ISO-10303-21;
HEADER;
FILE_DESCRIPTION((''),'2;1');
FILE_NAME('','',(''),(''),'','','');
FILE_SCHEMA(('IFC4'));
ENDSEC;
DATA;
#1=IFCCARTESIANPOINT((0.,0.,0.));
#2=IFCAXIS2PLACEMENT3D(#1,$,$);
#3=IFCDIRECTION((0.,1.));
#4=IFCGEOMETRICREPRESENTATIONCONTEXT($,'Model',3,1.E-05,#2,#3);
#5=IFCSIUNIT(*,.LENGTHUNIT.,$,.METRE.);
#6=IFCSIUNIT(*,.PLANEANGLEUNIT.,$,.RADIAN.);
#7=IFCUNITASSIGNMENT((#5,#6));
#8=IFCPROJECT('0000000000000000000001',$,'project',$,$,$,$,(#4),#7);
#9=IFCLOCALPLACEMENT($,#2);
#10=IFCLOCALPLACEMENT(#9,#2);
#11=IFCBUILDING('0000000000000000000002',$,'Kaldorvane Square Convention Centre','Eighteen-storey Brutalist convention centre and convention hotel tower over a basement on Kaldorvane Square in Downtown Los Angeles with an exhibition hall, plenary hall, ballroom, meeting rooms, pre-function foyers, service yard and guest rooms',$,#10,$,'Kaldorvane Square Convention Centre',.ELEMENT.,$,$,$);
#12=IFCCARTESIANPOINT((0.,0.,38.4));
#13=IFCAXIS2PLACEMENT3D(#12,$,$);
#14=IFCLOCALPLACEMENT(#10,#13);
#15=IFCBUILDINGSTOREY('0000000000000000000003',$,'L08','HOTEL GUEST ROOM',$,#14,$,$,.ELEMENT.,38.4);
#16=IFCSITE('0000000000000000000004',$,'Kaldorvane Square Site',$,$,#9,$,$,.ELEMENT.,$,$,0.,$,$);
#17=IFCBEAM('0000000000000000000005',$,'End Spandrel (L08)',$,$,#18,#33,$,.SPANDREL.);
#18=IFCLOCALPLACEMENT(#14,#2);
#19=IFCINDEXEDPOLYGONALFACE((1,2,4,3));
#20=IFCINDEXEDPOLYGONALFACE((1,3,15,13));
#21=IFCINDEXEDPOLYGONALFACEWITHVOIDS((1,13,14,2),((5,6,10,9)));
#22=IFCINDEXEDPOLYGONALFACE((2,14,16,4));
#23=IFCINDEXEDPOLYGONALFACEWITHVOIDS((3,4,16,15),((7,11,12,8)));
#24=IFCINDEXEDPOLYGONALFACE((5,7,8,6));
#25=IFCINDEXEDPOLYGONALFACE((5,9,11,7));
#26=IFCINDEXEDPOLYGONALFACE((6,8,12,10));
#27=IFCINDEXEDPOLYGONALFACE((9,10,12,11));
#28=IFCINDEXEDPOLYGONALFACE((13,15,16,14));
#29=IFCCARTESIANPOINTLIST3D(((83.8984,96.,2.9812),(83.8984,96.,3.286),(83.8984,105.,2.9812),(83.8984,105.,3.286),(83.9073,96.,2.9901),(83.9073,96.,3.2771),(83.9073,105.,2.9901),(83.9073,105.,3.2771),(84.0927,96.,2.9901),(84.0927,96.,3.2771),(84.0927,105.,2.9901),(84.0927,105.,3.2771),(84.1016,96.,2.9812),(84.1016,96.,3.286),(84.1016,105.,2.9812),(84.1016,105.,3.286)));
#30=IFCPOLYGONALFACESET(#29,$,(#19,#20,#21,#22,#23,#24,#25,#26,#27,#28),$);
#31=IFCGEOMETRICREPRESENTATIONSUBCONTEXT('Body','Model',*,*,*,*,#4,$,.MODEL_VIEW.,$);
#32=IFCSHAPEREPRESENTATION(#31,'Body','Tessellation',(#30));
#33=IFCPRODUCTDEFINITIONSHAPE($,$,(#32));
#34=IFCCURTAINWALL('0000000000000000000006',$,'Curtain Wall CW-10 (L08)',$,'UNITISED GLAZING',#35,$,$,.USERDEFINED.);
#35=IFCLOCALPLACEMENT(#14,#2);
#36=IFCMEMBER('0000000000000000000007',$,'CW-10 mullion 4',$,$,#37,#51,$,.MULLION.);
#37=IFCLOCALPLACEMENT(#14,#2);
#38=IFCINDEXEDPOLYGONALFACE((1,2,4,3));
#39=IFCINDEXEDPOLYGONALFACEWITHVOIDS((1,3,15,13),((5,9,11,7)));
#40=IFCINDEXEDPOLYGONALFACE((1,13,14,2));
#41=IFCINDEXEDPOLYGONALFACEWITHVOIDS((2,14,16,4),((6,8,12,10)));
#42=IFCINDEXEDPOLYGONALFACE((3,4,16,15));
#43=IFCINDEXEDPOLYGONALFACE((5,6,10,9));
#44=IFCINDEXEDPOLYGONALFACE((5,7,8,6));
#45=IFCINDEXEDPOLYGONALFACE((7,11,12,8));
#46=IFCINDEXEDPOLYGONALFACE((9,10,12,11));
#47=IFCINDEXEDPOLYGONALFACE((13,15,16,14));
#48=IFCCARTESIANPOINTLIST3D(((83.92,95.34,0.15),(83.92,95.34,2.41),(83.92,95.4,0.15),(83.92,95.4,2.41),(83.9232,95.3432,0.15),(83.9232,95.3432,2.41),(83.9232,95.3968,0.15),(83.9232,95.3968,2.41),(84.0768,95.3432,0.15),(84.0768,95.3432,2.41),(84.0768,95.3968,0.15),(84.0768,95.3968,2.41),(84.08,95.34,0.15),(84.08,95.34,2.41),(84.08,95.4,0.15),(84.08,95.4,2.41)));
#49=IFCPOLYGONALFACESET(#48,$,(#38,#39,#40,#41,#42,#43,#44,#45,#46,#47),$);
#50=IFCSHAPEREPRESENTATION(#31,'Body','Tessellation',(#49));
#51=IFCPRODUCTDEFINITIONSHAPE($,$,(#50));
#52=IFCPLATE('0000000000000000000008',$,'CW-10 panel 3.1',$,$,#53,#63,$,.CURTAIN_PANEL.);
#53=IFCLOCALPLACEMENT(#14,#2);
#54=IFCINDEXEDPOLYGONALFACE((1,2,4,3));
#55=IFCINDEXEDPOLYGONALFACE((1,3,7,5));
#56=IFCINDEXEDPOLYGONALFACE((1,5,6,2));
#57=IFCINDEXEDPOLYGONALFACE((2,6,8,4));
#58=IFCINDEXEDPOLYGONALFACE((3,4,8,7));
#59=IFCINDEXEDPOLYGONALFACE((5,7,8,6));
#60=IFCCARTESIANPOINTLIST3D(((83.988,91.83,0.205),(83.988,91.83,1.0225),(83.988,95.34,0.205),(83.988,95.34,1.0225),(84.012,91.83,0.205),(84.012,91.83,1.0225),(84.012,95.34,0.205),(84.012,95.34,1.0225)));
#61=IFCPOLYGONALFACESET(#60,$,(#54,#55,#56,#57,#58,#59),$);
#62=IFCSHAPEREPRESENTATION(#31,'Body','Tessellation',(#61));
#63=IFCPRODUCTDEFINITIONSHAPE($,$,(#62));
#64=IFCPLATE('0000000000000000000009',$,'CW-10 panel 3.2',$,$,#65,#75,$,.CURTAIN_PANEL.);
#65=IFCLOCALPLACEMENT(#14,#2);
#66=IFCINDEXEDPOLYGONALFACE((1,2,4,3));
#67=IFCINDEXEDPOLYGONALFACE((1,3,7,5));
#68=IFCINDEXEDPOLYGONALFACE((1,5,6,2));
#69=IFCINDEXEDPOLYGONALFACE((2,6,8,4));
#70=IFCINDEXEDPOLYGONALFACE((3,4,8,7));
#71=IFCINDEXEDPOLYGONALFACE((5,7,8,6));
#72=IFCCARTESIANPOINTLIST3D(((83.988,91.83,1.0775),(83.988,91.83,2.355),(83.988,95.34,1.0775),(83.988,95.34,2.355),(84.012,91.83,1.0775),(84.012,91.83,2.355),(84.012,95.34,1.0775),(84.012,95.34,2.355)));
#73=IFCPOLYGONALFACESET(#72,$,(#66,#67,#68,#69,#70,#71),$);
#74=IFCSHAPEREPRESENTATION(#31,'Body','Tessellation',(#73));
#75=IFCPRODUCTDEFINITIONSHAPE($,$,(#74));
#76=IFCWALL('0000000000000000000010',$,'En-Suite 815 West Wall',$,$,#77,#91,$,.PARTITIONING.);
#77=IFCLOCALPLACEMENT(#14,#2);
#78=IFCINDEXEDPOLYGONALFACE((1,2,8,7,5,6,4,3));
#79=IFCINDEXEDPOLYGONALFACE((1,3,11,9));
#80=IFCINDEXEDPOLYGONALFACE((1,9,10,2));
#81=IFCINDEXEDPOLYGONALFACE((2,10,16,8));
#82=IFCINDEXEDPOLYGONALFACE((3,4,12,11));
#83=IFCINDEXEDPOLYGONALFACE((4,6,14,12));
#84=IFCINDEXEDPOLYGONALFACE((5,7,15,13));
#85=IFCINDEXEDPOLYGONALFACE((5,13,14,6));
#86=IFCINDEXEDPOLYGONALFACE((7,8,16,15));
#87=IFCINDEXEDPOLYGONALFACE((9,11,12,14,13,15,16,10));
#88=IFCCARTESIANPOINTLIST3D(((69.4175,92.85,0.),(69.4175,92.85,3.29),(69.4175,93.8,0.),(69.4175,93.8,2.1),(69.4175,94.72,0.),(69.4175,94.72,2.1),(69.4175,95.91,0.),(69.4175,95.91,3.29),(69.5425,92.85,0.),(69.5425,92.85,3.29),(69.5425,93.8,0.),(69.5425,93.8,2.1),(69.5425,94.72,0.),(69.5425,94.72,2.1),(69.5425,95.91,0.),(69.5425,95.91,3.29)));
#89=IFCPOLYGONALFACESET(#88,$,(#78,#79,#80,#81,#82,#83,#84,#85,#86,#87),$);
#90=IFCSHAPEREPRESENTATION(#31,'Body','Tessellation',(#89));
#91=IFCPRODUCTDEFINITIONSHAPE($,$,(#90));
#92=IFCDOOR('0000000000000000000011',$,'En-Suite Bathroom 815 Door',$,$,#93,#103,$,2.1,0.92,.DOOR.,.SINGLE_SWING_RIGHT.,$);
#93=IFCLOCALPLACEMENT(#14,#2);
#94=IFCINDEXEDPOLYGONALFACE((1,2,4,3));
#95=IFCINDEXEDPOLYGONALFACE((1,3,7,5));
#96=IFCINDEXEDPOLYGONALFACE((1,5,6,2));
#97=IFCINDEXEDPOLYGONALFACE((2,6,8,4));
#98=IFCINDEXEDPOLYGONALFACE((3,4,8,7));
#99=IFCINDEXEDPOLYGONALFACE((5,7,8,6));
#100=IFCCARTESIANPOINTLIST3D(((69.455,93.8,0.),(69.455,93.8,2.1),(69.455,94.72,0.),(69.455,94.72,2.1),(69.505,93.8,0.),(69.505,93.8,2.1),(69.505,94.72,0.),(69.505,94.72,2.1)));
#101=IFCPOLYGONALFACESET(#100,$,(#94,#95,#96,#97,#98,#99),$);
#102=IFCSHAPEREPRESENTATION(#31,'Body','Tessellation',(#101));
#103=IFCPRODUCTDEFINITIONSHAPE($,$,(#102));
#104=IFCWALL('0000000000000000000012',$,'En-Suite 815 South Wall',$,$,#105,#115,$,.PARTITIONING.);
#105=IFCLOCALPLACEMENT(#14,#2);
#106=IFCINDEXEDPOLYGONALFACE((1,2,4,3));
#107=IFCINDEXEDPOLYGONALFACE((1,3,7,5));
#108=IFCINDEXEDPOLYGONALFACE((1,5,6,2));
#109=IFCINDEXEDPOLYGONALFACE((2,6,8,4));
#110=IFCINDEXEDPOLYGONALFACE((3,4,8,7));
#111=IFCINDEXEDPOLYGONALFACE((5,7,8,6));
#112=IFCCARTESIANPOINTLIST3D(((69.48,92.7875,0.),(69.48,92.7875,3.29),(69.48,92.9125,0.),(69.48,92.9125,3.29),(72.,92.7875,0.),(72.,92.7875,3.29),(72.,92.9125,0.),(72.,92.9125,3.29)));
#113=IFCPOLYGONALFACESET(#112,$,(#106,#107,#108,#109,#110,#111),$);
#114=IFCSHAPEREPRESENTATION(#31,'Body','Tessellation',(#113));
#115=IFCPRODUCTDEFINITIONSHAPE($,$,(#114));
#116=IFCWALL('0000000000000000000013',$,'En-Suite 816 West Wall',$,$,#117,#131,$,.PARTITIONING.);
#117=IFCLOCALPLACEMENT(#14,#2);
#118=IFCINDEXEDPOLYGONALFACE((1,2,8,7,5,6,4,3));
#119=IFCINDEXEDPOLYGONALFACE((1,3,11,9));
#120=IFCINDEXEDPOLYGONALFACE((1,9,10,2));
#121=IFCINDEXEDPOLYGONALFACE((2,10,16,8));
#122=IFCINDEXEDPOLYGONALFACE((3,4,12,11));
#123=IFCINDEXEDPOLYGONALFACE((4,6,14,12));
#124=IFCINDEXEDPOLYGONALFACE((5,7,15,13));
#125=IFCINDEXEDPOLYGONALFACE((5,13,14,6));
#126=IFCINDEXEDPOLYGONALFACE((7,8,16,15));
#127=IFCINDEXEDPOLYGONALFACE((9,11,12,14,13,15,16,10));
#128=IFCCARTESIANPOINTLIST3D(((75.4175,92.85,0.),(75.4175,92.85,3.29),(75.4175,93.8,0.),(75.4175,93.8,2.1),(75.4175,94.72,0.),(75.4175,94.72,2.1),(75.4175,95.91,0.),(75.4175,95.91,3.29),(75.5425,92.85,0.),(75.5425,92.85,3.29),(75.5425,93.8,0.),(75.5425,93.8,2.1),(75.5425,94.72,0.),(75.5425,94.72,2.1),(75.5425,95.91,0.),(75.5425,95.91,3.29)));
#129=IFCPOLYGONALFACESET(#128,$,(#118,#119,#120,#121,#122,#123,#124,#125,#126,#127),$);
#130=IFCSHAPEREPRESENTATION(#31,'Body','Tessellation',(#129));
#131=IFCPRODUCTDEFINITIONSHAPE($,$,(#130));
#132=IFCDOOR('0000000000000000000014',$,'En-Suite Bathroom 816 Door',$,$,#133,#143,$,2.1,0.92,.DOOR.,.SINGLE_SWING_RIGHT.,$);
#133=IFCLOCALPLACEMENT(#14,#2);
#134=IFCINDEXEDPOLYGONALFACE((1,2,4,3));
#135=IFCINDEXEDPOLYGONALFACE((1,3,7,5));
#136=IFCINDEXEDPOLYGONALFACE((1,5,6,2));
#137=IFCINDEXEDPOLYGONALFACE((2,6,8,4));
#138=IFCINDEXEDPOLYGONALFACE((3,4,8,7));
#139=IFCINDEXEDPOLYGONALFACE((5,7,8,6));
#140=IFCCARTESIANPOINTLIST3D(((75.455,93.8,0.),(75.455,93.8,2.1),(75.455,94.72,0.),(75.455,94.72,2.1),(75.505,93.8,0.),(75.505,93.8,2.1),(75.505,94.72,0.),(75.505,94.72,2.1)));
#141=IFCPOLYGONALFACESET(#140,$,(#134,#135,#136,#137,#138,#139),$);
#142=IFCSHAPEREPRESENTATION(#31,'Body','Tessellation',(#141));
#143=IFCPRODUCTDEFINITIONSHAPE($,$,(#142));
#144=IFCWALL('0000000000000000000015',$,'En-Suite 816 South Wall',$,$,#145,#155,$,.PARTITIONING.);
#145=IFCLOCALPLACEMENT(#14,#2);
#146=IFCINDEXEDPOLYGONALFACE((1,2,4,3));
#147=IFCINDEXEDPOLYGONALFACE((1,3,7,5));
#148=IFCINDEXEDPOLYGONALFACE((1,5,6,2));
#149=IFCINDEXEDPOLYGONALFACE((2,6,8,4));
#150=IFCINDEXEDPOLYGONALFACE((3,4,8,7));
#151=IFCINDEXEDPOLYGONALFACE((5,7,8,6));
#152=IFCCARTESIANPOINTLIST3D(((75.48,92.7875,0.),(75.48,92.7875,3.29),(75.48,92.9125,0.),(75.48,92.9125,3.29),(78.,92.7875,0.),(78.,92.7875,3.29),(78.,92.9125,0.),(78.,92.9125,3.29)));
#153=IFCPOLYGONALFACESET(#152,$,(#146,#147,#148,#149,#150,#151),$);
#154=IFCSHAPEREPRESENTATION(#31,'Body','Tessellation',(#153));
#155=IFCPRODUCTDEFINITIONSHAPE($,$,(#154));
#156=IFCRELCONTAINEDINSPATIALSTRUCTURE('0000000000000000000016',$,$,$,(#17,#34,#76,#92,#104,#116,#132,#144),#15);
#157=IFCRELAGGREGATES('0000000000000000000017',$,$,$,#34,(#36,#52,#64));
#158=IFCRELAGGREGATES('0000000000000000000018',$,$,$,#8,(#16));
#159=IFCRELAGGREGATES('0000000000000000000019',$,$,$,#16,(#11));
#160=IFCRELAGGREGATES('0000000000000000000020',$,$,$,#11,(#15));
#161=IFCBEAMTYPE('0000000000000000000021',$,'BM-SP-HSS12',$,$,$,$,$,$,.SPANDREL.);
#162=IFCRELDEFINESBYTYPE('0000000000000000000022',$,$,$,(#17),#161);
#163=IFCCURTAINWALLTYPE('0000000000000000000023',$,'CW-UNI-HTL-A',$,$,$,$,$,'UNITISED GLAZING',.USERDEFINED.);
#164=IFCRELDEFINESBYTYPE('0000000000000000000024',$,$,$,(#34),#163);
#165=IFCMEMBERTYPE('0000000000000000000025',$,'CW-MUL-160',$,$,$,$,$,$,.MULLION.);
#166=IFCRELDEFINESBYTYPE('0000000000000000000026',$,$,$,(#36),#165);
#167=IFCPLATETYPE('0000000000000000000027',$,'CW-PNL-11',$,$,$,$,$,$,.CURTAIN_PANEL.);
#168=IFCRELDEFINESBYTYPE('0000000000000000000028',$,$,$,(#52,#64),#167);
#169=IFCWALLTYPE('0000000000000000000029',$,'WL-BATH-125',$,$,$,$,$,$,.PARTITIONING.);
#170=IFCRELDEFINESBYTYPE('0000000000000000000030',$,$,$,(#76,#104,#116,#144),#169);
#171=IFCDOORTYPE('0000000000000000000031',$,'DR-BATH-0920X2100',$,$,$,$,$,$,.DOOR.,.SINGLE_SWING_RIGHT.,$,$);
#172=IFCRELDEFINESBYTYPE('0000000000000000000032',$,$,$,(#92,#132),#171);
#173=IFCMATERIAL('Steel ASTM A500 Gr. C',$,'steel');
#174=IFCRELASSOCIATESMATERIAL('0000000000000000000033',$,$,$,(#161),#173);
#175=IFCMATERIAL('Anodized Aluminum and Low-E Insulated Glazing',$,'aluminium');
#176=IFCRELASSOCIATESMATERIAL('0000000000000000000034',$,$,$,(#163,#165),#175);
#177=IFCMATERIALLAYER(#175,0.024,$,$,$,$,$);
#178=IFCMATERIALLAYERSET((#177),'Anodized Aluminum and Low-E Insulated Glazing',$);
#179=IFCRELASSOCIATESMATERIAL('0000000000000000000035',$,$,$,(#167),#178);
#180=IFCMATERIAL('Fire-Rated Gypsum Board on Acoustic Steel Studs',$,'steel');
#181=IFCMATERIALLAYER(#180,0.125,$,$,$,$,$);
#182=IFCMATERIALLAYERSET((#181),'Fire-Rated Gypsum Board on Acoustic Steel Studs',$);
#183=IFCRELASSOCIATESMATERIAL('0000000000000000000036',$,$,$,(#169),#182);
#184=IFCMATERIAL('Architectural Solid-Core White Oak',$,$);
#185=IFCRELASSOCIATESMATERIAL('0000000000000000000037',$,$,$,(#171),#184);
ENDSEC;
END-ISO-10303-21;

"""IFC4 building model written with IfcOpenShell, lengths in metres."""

from ifc_helpers import new_model, si_unit, direction, frame, frame_2d, origin, origin_2d, place, context, subcontext, project, spatial, rectangle, hollow_rectangle, extrude, material, layer, layer_set, material_profile, profile_set, type_object, element, fill, aggregate, save


model = new_model("IFC4")

# Units and contexts
model_context = context("Model", 3, precision=1e-05, world=origin(), true_north=direction((0.0, 1.0)))
body_context = subcontext(model_context, "Body", "Model", "MODEL_VIEW")
ifc_project = project(units=[si_unit("LENGTHUNIT", "METRE"), si_unit("PLANEANGLEUNIT", "RADIAN")], contexts=[model_context])

# Site, building, storey
site_placement = place(None, origin())
site = spatial("IfcSite", under=ifc_project, at=site_placement, Name="Kaldorvane Square Site", CompositionType="ELEMENT", RefElevation=0.0)
building_placement = place(site_placement, origin())
building = spatial("IfcBuilding", under=site, at=building_placement, Name="Kaldorvane Square Convention Centre", Description="Eighteen-storey Brutalist convention centre and convention hotel tower over a basement on Kaldorvane Square in Downtown Los Angeles with an exhibition hall, plenary hall, ballroom, meeting rooms, pre-function foyers, service yard and guest rooms", LongName="Kaldorvane Square Convention Centre", CompositionType="ELEMENT")
storey_placement = place(building_placement, frame((0.0, 0.0, 38.4)))
storey = spatial("IfcBuildingStorey", under=building, at=storey_placement, Name="L08", Description="HOTEL GUEST ROOM", CompositionType="ELEMENT", Elevation=38.4)

# Beam
ifc_material_1 = material(Name="Steel ASTM A500 Gr. C", Category="steel")
ifc_material_profile_1 = material_profile(ifc_material_1, hollow_rectangle(XDim=0.2032, YDim=0.3048, WallThickness=0.0089, at=origin_2d()), Name="HSS12X8X3/8")
ifc_profile_set_1 = profile_set([ifc_material_profile_1], Name="Steel ASTM A500 Gr. C")
beam_type_1 = type_object("IfcBeamType", Name="BM-SP-HSS12", PredefinedType="SPANDREL", material=ifc_profile_set_1)
beam_1_placement = place(storey_placement, frame((84.0, 96.0, 3.1336), z_axis=(0.0, 1.0, 0.0), x_axis=(-1.0, 0.0, 0.0)))
element("IfcBeam", 1, at=beam_1_placement, inside=storey, type_object=beam_type_1, Name="End Spandrel (L08)", PredefinedType="SPANDREL", context=body_context, shape_type="SweptSolid", body=[
    extrude(hollow_rectangle(XDim=0.2032, YDim=0.3048, WallThickness=0.0089, at=origin_2d()), origin(), (0.0, 0.0, 1.0), 9.0),
])

# Curtain wall, member, plates
ifc_material_2 = material(Name="Anodized Aluminum and Low-E Insulated Glazing", Category="aluminium")
curtain_wall_type = type_object("IfcCurtainWallType", Name="CW-UNI-HTL-A", ElementType="UNITISED GLAZING", PredefinedType="USERDEFINED", material=ifc_material_2)
curtain_wall_placement = place(storey_placement, origin())
curtain_wall = element("IfcCurtainWall", 2, at=curtain_wall_placement, inside=storey, type_object=curtain_wall_type, Name="Curtain Wall CW-10 (L08)", ObjectType="UNITISED GLAZING", PredefinedType="USERDEFINED")
ifc_material_profile_2 = material_profile(ifc_material_2, hollow_rectangle(XDim=0.06, YDim=0.16, WallThickness=0.0032, at=origin_2d()), Name="CWM-160X60")
ifc_profile_set_2 = profile_set([ifc_material_profile_2], Name="Anodized Aluminum and Low-E Insulated Glazing")
member_type = type_object("IfcMemberType", Name="CW-MUL-160", PredefinedType="MULLION", material=ifc_profile_set_2)
member_placement = place(storey_placement, frame((84.0, 95.37, 0.15), z_axis=(0.0, 0.0, 1.0), x_axis=(0.0, 1.0, 0.0)))
member = element("IfcMember", 3, at=member_placement, type_object=member_type, Name="CW-10 mullion 4", PredefinedType="MULLION", context=body_context, shape_type="SweptSolid", body=[
    extrude(hollow_rectangle(XDim=0.06, YDim=0.16, WallThickness=0.0032, at=origin_2d()), origin(), (0.0, 0.0, 1.0), 2.26),
])
ifc_layer_1 = layer(ifc_material_2, 0.024)
ifc_layer_set_1 = layer_set([ifc_layer_1], Name="Anodized Aluminum and Low-E Insulated Glazing")
plate_type = type_object("IfcPlateType", Name="CW-PNL-11", PredefinedType="CURTAIN_PANEL", material=ifc_layer_set_1)
plate_1_placement = place(storey_placement, frame((84.0, 93.585, 0.205), z_axis=(0.0, 0.0, 1.0), x_axis=(0.0, 1.0, 0.0)))
plate_1 = element("IfcPlate", 4, at=plate_1_placement, type_object=plate_type, Name="CW-10 panel 3.1", PredefinedType="CURTAIN_PANEL", context=body_context, shape_type="SweptSolid", body=[
    extrude(rectangle(XDim=3.51, YDim=0.024, at=origin_2d()), origin(), (0.0, 0.0, 1.0), 0.8175),
])
plate_2_placement = place(storey_placement, frame((84.0, 93.585, 1.0775), z_axis=(0.0, 0.0, 1.0), x_axis=(0.0, 1.0, 0.0)))
plate_2 = element("IfcPlate", 5, at=plate_2_placement, type_object=plate_type, Name="CW-10 panel 3.2", PredefinedType="CURTAIN_PANEL", context=body_context, shape_type="SweptSolid", body=[
    extrude(rectangle(XDim=3.51, YDim=0.024, at=origin_2d()), origin(), (0.0, 0.0, 1.0), 1.2775),
])
aggregate(curtain_wall, [member, plate_1, plate_2])

# Wall, opening, door
ifc_material_3 = material(Name="Fire-Rated Gypsum Board on Acoustic Steel Studs", Category="steel")
ifc_layer_2 = layer(ifc_material_3, 0.125)
ifc_layer_set_2 = layer_set([ifc_layer_2], Name="Fire-Rated Gypsum Board on Acoustic Steel Studs")
wall_type_1 = type_object("IfcWallType", Name="WL-BATH-125", PredefinedType="PARTITIONING", material=ifc_layer_set_2)
wall_1_placement = place(storey_placement, frame((69.48, 92.85, 0.0), z_axis=(0.0, 0.0, 1.0), x_axis=(0.0, 1.0, 0.0)))
wall_1 = element("IfcWall", 6, at=wall_1_placement, inside=storey, type_object=wall_type_1, Name="En-Suite 815 West Wall", PredefinedType="PARTITIONING", context=body_context, shape_type="SweptSolid", body=[
    extrude(rectangle(XDim=3.06, YDim=0.125, at=frame_2d((1.53, 0.0))), origin(), (0.0, 0.0, 1.0), 3.29),
])
opening_1_placement = place(wall_1_placement, frame((0.95, 0.0, 0.0)))
opening_1 = element("IfcOpeningElement", 7, at=opening_1_placement, cuts=wall_1, PredefinedType="OPENING", context=body_context, shape_type="SweptSolid", body=[
    extrude(rectangle(XDim=0.92, YDim=2.1, at=frame_2d((0.46, 1.05))), frame((0.0, 0.0775, 0.0), z_axis=(0.0, -1.0, 0.0), x_axis=(1.0, 0.0, 0.0)), (0.0, 0.0, 1.0), 0.155),
])
ifc_material_4 = material(Name="Architectural Solid-Core White Oak")
door_type_1 = type_object("IfcDoorType", Name="DR-BATH-0920X2100", OperationType="SINGLE_SWING_RIGHT", PredefinedType="DOOR", material=ifc_material_4)
door_1_placement = place(opening_1_placement, origin())
door_1 = element("IfcDoor", 8, at=door_1_placement, inside=storey, type_object=door_type_1, Name="En-Suite Bathroom 815 Door", OperationType="SINGLE_SWING_RIGHT", OverallHeight=2.1, OverallWidth=0.92, PredefinedType="DOOR", context=body_context, shape_type="SweptSolid", body=[
    extrude(rectangle(XDim=0.92, YDim=2.1, at=frame_2d((0.46, 1.05))), frame((0.0, 0.025, 0.0), z_axis=(0.0, -1.0, 0.0), x_axis=(1.0, 0.0, 0.0)), (0.0, 0.0, 1.0), 0.05),
])
fill(opening_1, door_1)

# Wall
wall_2_placement = place(storey_placement, frame((69.48, 92.85, 0.0), z_axis=(0.0, 0.0, 1.0), x_axis=(1.0, 0.0, 0.0)))
element("IfcWall", 9, at=wall_2_placement, inside=storey, type_object=wall_type_1, Name="En-Suite 815 South Wall", PredefinedType="PARTITIONING", context=body_context, shape_type="SweptSolid", body=[
    extrude(rectangle(XDim=2.52, YDim=0.125, at=frame_2d((1.26, 0.0))), origin(), (0.0, 0.0, 1.0), 3.29),
])

# Wall, opening, door
wall_3_placement = place(storey_placement, frame((75.48, 92.85, 0.0), z_axis=(0.0, 0.0, 1.0), x_axis=(0.0, 1.0, 0.0)))
wall_3 = element("IfcWall", 10, at=wall_3_placement, inside=storey, type_object=wall_type_1, Name="En-Suite 816 West Wall", PredefinedType="PARTITIONING", context=body_context, shape_type="SweptSolid", body=[
    extrude(rectangle(XDim=3.06, YDim=0.125, at=frame_2d((1.53, 0.0))), origin(), (0.0, 0.0, 1.0), 3.29),
])
opening_2_placement = place(wall_3_placement, frame((0.95, 0.0, 0.0)))
opening_2 = element("IfcOpeningElement", 11, at=opening_2_placement, cuts=wall_3, PredefinedType="OPENING", context=body_context, shape_type="SweptSolid", body=[
    extrude(rectangle(XDim=0.92, YDim=2.1, at=frame_2d((0.46, 1.05))), frame((0.0, 0.0775, 0.0), z_axis=(0.0, -1.0, 0.0), x_axis=(1.0, 0.0, 0.0)), (0.0, 0.0, 1.0), 0.155),
])
door_2_placement = place(opening_2_placement, origin())
door_2 = element("IfcDoor", 12, at=door_2_placement, inside=storey, type_object=door_type_1, Name="En-Suite Bathroom 816 Door", OperationType="SINGLE_SWING_RIGHT", OverallHeight=2.1, OverallWidth=0.92, PredefinedType="DOOR", context=body_context, shape_type="SweptSolid", body=[
    extrude(rectangle(XDim=0.92, YDim=2.1, at=frame_2d((0.46, 1.05))), frame((0.0, 0.025, 0.0), z_axis=(0.0, -1.0, 0.0), x_axis=(1.0, 0.0, 0.0)), (0.0, 0.0, 1.0), 0.05),
])
fill(opening_2, door_2)

# Wall
wall_4_placement = place(storey_placement, frame((75.48, 92.85, 0.0), z_axis=(0.0, 0.0, 1.0), x_axis=(1.0, 0.0, 0.0)))
element("IfcWall", 13, at=wall_4_placement, inside=storey, type_object=wall_type_1, Name="En-Suite 816 South Wall", PredefinedType="PARTITIONING", context=body_context, shape_type="SweptSolid", body=[
    extrude(rectangle(XDim=2.52, YDim=0.125, at=frame_2d((1.26, 0.0))), origin(), (0.0, 0.0, 1.0), 3.29),
])

save(model, "model.ifc")
